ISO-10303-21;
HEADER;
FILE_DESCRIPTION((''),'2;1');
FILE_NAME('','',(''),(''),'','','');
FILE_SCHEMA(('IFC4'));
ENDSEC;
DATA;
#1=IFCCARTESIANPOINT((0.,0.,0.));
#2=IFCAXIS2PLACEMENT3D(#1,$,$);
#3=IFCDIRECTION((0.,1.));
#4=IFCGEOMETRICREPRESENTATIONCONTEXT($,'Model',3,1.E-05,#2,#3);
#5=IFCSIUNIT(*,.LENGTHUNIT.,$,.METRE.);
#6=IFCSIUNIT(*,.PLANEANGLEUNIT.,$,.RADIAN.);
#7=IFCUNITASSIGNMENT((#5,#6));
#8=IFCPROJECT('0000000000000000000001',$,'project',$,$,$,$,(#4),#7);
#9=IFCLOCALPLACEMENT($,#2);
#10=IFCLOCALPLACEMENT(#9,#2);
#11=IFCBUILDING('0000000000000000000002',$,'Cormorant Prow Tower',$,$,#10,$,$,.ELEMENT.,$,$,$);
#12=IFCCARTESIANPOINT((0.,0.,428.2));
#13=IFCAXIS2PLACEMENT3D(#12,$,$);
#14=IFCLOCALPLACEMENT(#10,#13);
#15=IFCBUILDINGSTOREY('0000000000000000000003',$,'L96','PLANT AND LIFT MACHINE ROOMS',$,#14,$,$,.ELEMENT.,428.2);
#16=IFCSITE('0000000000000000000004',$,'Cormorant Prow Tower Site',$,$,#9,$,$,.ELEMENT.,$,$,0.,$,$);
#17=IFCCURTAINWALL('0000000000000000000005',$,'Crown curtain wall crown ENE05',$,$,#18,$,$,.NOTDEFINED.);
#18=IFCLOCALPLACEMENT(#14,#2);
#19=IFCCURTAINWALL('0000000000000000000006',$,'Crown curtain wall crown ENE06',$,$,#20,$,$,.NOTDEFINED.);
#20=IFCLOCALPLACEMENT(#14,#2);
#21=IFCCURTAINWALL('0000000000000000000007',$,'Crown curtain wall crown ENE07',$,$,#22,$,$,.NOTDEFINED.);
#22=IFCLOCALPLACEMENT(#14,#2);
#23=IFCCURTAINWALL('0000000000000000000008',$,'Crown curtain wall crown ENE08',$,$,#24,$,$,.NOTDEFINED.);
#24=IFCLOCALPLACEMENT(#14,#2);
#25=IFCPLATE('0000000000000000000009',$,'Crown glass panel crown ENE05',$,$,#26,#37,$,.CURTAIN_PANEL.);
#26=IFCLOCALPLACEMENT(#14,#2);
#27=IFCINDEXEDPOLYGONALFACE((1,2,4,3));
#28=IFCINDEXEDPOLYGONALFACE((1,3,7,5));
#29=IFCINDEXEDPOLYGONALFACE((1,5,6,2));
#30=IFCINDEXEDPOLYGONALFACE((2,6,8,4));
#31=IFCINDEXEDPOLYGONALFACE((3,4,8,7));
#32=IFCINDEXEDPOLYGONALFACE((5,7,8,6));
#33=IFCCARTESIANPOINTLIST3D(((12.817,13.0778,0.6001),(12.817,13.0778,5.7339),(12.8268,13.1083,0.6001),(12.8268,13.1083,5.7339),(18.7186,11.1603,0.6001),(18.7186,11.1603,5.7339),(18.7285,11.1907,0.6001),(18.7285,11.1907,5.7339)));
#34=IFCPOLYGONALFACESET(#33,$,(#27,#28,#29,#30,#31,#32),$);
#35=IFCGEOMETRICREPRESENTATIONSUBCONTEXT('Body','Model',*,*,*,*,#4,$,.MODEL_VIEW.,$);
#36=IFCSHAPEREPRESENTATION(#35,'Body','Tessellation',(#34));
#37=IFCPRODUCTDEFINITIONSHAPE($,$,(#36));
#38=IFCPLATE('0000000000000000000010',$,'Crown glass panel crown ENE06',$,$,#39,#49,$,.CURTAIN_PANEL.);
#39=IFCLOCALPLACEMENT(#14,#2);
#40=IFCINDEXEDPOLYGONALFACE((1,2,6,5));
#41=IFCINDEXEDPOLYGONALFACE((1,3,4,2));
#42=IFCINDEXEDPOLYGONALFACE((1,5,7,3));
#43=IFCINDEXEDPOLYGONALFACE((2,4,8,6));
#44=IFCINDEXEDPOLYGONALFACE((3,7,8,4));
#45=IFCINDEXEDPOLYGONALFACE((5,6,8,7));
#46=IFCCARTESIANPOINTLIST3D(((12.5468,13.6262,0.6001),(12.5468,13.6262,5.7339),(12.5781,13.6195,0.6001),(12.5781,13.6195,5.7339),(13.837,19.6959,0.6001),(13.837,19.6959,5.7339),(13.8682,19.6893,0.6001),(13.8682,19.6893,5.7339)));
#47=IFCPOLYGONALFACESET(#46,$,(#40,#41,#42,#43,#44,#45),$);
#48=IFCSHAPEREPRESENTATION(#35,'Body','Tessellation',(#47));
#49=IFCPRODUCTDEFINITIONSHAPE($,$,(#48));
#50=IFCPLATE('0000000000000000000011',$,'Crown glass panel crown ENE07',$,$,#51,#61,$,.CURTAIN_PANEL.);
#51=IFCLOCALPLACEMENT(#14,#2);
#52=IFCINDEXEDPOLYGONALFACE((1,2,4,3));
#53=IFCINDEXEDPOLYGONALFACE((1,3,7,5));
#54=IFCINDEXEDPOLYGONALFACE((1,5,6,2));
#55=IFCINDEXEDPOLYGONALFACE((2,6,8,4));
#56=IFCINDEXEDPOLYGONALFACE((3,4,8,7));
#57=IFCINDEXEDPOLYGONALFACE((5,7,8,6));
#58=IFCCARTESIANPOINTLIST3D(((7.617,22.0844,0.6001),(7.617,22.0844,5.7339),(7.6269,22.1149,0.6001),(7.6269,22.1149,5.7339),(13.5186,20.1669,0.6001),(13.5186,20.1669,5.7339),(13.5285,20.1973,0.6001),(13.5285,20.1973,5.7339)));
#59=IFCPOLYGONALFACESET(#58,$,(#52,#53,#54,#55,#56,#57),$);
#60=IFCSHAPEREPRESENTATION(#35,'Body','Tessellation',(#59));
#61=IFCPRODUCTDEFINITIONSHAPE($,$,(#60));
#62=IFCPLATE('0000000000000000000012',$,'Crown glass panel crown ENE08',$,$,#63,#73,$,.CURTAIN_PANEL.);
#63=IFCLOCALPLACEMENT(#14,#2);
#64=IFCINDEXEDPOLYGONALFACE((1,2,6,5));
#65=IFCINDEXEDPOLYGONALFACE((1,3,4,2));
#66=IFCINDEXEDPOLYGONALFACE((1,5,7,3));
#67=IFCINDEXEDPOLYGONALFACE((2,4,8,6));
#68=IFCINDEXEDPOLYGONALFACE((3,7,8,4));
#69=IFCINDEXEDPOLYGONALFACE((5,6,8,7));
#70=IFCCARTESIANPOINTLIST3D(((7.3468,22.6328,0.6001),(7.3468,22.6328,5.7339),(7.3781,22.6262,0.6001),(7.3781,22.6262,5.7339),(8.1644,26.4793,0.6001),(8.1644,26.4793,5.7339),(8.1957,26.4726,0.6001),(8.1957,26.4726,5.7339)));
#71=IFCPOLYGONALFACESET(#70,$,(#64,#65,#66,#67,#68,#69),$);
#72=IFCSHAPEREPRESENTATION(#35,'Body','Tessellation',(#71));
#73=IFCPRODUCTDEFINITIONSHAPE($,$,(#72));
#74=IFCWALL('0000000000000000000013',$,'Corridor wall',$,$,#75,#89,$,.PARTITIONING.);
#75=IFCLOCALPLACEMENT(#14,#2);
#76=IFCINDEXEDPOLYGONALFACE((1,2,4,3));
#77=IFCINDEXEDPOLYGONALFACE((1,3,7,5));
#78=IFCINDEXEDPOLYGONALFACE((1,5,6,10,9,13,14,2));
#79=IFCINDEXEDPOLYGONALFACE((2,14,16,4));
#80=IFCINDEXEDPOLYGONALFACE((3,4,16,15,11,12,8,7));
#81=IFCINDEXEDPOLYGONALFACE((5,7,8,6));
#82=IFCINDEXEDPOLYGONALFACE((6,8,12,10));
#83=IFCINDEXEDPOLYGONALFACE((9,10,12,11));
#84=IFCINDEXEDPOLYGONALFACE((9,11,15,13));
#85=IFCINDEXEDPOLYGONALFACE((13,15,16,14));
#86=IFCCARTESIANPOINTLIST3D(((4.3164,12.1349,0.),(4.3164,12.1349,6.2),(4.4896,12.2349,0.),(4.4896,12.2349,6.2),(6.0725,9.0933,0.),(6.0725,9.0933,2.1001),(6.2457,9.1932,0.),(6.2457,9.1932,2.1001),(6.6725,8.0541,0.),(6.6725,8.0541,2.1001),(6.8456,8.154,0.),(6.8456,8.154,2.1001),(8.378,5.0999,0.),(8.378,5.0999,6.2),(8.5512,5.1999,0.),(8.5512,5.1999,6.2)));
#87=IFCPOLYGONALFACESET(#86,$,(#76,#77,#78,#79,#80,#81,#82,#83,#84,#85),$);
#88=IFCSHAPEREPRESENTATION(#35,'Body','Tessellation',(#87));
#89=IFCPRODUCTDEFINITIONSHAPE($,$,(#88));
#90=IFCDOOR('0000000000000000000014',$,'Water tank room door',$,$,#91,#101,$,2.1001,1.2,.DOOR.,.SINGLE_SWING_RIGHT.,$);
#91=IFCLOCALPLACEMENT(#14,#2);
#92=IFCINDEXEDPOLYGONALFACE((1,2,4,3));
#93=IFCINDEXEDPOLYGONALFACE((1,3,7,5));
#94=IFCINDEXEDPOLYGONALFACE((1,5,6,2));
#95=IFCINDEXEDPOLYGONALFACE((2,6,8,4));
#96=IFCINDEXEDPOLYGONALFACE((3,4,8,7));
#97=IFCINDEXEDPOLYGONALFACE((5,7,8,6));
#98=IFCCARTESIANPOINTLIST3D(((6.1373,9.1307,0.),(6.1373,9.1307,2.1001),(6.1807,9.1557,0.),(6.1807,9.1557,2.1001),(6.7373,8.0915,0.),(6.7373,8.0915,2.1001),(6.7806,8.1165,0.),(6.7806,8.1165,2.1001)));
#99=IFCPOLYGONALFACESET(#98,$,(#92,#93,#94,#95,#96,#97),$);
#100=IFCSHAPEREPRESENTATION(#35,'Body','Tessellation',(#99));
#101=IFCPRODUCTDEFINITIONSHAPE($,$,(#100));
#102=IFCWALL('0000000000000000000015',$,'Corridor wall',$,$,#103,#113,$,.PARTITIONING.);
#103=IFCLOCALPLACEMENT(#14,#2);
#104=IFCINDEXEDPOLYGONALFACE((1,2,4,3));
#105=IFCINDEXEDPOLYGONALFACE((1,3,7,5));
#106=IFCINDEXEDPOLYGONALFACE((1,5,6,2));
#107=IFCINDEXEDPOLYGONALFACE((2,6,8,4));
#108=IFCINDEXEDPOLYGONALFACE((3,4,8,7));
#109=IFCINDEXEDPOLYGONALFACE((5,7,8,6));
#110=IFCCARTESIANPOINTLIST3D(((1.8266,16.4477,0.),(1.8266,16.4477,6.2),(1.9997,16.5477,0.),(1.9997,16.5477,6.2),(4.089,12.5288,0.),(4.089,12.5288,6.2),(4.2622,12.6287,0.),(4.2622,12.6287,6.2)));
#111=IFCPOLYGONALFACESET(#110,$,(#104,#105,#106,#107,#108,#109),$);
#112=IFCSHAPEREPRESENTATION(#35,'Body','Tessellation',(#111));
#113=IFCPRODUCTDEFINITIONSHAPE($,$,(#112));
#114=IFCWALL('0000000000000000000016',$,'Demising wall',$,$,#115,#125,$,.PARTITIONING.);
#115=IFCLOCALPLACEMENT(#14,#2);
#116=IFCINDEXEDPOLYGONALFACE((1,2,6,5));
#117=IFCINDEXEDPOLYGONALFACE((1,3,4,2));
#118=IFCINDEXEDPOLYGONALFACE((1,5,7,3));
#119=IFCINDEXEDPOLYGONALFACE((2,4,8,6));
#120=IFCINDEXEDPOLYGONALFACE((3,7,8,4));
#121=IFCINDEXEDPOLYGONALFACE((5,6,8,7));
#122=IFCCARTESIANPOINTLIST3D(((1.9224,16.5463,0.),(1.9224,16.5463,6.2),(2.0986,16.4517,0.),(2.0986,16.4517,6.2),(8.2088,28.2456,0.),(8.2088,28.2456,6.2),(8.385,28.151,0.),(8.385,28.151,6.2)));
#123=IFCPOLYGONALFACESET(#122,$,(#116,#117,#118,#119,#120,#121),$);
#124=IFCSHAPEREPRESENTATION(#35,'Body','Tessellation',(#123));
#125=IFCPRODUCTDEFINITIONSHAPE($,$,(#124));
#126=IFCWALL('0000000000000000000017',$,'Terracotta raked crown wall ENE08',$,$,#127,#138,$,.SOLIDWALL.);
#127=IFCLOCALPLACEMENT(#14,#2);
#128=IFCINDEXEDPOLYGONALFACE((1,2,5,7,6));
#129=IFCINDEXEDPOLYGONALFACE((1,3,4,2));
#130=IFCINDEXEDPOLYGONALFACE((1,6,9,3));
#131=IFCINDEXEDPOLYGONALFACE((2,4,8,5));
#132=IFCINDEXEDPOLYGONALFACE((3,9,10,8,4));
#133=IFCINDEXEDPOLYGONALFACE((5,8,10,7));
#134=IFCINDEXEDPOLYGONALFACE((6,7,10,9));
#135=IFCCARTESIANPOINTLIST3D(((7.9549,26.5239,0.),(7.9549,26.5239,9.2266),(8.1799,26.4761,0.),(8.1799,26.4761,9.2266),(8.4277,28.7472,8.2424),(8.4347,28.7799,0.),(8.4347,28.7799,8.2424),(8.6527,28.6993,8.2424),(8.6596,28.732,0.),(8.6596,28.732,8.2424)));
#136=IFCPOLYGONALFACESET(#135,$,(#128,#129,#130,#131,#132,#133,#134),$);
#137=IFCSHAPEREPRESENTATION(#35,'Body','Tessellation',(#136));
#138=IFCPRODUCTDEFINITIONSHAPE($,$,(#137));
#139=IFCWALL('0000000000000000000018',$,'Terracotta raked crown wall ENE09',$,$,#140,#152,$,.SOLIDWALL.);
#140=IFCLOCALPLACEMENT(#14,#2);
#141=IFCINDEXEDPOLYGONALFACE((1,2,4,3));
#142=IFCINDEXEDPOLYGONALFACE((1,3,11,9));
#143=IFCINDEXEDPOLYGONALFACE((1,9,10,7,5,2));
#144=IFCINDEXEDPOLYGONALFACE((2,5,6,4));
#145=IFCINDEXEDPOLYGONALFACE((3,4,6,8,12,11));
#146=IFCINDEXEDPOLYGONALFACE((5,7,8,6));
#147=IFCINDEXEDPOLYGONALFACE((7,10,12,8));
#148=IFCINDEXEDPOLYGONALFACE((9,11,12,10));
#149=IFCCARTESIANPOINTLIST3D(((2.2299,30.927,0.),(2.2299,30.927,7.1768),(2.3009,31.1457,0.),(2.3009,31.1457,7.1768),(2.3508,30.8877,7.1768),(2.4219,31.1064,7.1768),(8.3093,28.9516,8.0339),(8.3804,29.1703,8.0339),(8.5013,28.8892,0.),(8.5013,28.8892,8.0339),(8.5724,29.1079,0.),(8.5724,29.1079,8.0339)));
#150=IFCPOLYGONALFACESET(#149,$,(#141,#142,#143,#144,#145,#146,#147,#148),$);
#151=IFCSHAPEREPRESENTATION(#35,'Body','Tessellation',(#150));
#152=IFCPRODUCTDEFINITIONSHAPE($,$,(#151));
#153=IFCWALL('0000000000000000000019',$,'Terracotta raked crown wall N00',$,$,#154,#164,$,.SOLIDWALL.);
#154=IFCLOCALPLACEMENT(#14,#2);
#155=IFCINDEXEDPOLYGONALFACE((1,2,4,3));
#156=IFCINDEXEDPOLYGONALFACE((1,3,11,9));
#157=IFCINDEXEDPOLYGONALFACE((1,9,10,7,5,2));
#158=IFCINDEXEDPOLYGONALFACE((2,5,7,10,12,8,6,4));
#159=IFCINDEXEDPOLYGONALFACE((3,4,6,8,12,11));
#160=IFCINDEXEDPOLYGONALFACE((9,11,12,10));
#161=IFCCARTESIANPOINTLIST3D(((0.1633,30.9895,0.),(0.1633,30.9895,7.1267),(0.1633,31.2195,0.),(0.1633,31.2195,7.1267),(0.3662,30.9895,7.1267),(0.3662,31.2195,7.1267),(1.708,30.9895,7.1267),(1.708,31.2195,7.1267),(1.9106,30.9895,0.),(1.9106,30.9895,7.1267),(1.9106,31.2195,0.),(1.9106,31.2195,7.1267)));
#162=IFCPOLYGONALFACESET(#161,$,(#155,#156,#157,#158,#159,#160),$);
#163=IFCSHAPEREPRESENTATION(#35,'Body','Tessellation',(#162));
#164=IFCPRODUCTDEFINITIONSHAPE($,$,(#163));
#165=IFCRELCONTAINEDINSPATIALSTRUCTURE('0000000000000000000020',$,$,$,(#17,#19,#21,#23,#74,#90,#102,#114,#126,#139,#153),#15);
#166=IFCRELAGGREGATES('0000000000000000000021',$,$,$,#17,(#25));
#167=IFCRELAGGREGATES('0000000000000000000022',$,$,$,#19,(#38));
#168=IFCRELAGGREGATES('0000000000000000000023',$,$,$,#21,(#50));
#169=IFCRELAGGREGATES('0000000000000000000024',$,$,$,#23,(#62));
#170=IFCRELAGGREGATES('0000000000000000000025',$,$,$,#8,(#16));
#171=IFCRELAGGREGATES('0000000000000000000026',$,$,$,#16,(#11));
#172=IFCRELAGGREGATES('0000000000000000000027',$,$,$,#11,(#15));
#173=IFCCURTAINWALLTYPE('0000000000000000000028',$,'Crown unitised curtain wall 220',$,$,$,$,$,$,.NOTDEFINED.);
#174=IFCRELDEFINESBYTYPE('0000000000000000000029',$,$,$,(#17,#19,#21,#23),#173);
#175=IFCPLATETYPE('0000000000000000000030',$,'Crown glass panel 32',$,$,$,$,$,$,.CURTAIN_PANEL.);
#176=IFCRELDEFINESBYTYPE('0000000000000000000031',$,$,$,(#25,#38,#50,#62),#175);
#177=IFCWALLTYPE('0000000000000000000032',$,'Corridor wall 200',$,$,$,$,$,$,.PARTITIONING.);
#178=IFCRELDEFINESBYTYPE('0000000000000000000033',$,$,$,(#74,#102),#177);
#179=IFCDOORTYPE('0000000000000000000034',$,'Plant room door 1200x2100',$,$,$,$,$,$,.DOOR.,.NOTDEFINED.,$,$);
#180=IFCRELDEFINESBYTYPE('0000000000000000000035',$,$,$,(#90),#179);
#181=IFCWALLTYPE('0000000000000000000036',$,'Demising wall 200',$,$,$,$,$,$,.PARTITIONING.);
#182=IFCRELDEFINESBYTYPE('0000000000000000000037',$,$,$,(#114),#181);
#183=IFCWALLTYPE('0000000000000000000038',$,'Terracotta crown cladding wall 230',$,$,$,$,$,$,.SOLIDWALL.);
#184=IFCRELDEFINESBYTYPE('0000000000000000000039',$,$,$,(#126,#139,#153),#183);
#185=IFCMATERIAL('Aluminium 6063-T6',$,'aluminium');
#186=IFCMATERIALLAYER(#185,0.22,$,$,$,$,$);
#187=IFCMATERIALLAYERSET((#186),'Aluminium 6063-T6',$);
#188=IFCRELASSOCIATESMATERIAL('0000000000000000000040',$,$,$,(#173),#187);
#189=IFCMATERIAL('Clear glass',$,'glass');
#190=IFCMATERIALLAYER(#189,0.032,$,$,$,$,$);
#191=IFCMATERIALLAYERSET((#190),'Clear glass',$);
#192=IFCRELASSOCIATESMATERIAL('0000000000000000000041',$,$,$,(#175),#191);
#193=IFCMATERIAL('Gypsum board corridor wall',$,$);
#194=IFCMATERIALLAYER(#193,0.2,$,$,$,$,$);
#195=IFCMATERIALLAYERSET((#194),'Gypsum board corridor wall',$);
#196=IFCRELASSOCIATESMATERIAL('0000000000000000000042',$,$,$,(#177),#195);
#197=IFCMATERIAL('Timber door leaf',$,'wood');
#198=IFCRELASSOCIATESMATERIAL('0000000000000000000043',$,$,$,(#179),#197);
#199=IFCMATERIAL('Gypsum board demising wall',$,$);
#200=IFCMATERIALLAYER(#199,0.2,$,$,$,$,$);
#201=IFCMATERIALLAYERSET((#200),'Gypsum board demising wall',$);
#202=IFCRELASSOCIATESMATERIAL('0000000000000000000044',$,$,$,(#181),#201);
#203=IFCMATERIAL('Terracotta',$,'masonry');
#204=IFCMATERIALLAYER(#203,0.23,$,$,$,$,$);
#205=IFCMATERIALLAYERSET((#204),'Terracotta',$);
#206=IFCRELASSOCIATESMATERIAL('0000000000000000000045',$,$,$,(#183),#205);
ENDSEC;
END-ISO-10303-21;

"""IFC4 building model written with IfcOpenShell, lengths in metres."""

from ifc_helpers import new_model, si_unit, direction, frame, frame_2d, origin, origin_2d, place, context, subcontext, project, spatial, polyline, rectangle, outline, extrude, material, layer, layer_set, type_object, element, fill, aggregate, save


model = new_model("IFC4")

# Units and contexts
model_context = context("Model", 3, precision=1e-05, world=origin(), true_north=direction((0.0, 1.0)))
body_context = subcontext(model_context, "Body", "Model", "MODEL_VIEW")
ifc_project = project(units=[si_unit("LENGTHUNIT", "METRE"), si_unit("PLANEANGLEUNIT", "RADIAN")], contexts=[model_context])

# Site, building, storey
site_placement = place(None, origin())
site = spatial("IfcSite", under=ifc_project, at=site_placement, Name="Cormorant Prow Tower Site", CompositionType="ELEMENT", RefElevation=0.0)
building_placement = place(site_placement, origin())
building = spatial("IfcBuilding", under=site, at=building_placement, Name="Cormorant Prow Tower", CompositionType="ELEMENT")
storey_placement = place(building_placement, frame((0.0, 0.0, 428.2)))
storey = spatial("IfcBuildingStorey", under=building, at=storey_placement, Name="L96", Description="PLANT AND LIFT MACHINE ROOMS", CompositionType="ELEMENT", Elevation=428.2)

# Curtain walls
ifc_material_1 = material(Name="Aluminium 6063-T6", Category="aluminium")
ifc_layer_1 = layer(ifc_material_1, 0.22)
ifc_layer_set_1 = layer_set([ifc_layer_1], Name="Aluminium 6063-T6")
curtain_wall_type = type_object("IfcCurtainWallType", Name="Crown unitised curtain wall 220", PredefinedType="NOTDEFINED", material=ifc_layer_set_1)
curtain_wall_1_placement = place(storey_placement, origin())
curtain_wall_1 = element("IfcCurtainWall", 1, at=curtain_wall_1_placement, inside=storey, type_object=curtain_wall_type, Name="Crown curtain wall crown ENE05", PredefinedType="NOTDEFINED")
curtain_wall_2_placement = place(storey_placement, origin())
curtain_wall_2 = element("IfcCurtainWall", 2, at=curtain_wall_2_placement, inside=storey, type_object=curtain_wall_type, Name="Crown curtain wall crown ENE06", PredefinedType="NOTDEFINED")
curtain_wall_3_placement = place(storey_placement, origin())
curtain_wall_3 = element("IfcCurtainWall", 3, at=curtain_wall_3_placement, inside=storey, type_object=curtain_wall_type, Name="Crown curtain wall crown ENE07", PredefinedType="NOTDEFINED")
curtain_wall_4_placement = place(storey_placement, origin())
curtain_wall_4 = element("IfcCurtainWall", 4, at=curtain_wall_4_placement, inside=storey, type_object=curtain_wall_type, Name="Crown curtain wall crown ENE08", PredefinedType="NOTDEFINED")

# Plates
ifc_material_2 = material(Name="Clear glass", Category="glass")
ifc_layer_2 = layer(ifc_material_2, 0.032)
ifc_layer_set_2 = layer_set([ifc_layer_2], Name="Clear glass")
plate_type = type_object("IfcPlateType", Name="Crown glass panel 32", PredefinedType="CURTAIN_PANEL", material=ifc_layer_set_2)
plate_1_placement = place(storey_placement, frame((15.7727, 12.1343, 0.6001), z_axis=(0.0, 0.0, 1.0), x_axis=(-0.951056, 0.309017, 0.0)))
plate_1 = element("IfcPlate", 5, at=plate_1_placement, type_object=plate_type, Name="Crown glass panel crown ENE05", PredefinedType="CURTAIN_PANEL", context=body_context, shape_type="SweptSolid", body=[
    extrude(rectangle(XDim=6.2053, YDim=0.032, at=origin_2d()), origin(), (0.0, 0.0, 1.0), 5.1338),
])
aggregate(curtain_wall_1, [plate_1])
plate_2_placement = place(storey_placement, frame((13.2075, 16.6577, 0.6001), z_axis=(0.0, 0.0, 1.0), x_axis=(0.207912, 0.978148, 0.0)))
plate_2 = element("IfcPlate", 6, at=plate_2_placement, type_object=plate_type, Name="Crown glass panel crown ENE06", PredefinedType="CURTAIN_PANEL", context=body_context, shape_type="SweptSolid", body=[
    extrude(rectangle(XDim=6.2053, YDim=0.032, at=origin_2d()), origin(), (0.0, 0.0, 1.0), 5.1338),
])
aggregate(curtain_wall_2, [plate_2])
plate_3_placement = place(storey_placement, frame((10.5728, 21.1409, 0.6001), z_axis=(0.0, 0.0, 1.0), x_axis=(-0.951057, 0.309017, 0.0)))
plate_3 = element("IfcPlate", 7, at=plate_3_placement, type_object=plate_type, Name="Crown glass panel crown ENE07", PredefinedType="CURTAIN_PANEL", context=body_context, shape_type="SweptSolid", body=[
    extrude(rectangle(XDim=6.2053, YDim=0.032, at=origin_2d()), origin(), (0.0, 0.0, 1.0), 5.1338),
])
aggregate(curtain_wall_3, [plate_3])
plate_4_placement = place(storey_placement, frame((7.7712, 24.5527, 0.6001), z_axis=(0.0, 0.0, 1.0), x_axis=(0.207912, 0.978148, 0.0)))
plate_4 = element("IfcPlate", 8, at=plate_4_placement, type_object=plate_type, Name="Crown glass panel crown ENE08", PredefinedType="CURTAIN_PANEL", context=body_context, shape_type="SweptSolid", body=[
    extrude(rectangle(XDim=3.9324, YDim=0.032, at=origin_2d()), origin(), (0.0, 0.0, 1.0), 5.1338),
])
aggregate(curtain_wall_4, [plate_4])

# Wall, opening, door
ifc_material_3 = material(Name="Gypsum board corridor wall")
ifc_layer_3 = layer(ifc_material_3, 0.2)
ifc_layer_set_3 = layer_set([ifc_layer_3], Name="Gypsum board corridor wall")
wall_type_1 = type_object("IfcWallType", Name="Corridor wall 200", PredefinedType="PARTITIONING", material=ifc_layer_set_3)
wall_1_placement = place(storey_placement, frame((4.4031, 12.1848, 0.0), z_axis=(0.0, 0.0, 1.0), x_axis=(0.499992, -0.86603, 0.0)))
wall_1 = element("IfcWall", 9, at=wall_1_placement, inside=storey, type_object=wall_type_1, Name="Corridor wall", PredefinedType="PARTITIONING", context=body_context, shape_type="SweptSolid", body=[
    extrude(rectangle(XDim=8.1233, YDim=0.2, at=frame_2d((4.0615, 0.0))), origin(), (0.0, 0.0, 1.0), 6.2),
])
opening_placement = place(wall_1_placement, frame((3.512, 0.0, 0.0)))
opening = element("IfcOpeningElement", 10, at=opening_placement, cuts=wall_1, PredefinedType="OPENING", context=body_context, shape_type="SweptSolid", body=[
    extrude(rectangle(XDim=1.2, YDim=2.1001, at=frame_2d((0.6001, 1.05))), frame((0.0, 0.1099, 0.0), z_axis=(0.0, -1.0, 0.0), x_axis=(1.0, 0.0, 0.0)), (0.0, 0.0, 1.0), 0.22),
])
ifc_material_4 = material(Name="Timber door leaf", Category="wood")
door_type = type_object("IfcDoorType", Name="Plant room door 1200x2100", OperationType="NOTDEFINED", PredefinedType="DOOR", material=ifc_material_4)
door_placement = place(opening_placement, origin())
door = element("IfcDoor", 11, at=door_placement, inside=storey, type_object=door_type, Name="Water tank room door", OperationType="SINGLE_SWING_RIGHT", OverallHeight=2.1001, OverallWidth=1.2, PredefinedType="DOOR", context=body_context, shape_type="SweptSolid", body=[
    extrude(rectangle(XDim=1.2, YDim=2.1001, at=frame_2d((0.6001, 1.05))), frame((0.0, 0.0249, 0.0), z_axis=(0.0, -1.0, 0.0), x_axis=(1.0, 0.0, 0.0)), (0.0, 0.0, 1.0), 0.05),
])
fill(opening, door)

# Walls
wall_2_placement = place(storey_placement, frame((1.9131, 16.4978, 0.0), z_axis=(0.0, 0.0, 1.0), x_axis=(0.499975, -0.86604, 0.0)))
element("IfcWall", 12, at=wall_2_placement, inside=storey, type_object=wall_type_1, Name="Corridor wall", PredefinedType="PARTITIONING", context=body_context, shape_type="SweptSolid", body=[
    extrude(rectangle(XDim=4.5251, YDim=0.2, at=frame_2d((2.2627, 0.0))), origin(), (0.0, 0.0, 1.0), 6.2),
])
ifc_material_5 = material(Name="Gypsum board demising wall")
ifc_layer_4 = layer(ifc_material_5, 0.2)
ifc_layer_set_4 = layer_set([ifc_layer_4], Name="Gypsum board demising wall")
wall_type_2 = type_object("IfcWallType", Name="Demising wall 200", PredefinedType="PARTITIONING", material=ifc_layer_set_4)
wall_3_placement = place(storey_placement, frame((2.0105, 16.499, 0.0), z_axis=(0.0, 0.0, 1.0), x_axis=(0.473329, 0.880886, 0.0)))
element("IfcWall", 13, at=wall_3_placement, inside=storey, type_object=wall_type_2, Name="Demising wall", PredefinedType="PARTITIONING", context=body_context, shape_type="SweptSolid", body=[
    extrude(rectangle(XDim=13.2812, YDim=0.2, at=frame_2d((6.6406, 0.0))), origin(), (0.0, 0.0, 1.0), 6.2),
])
ifc_material_6 = material(Name="Terracotta", Category="masonry")
ifc_layer_5 = layer(ifc_material_6, 0.23)
ifc_layer_set_5 = layer_set([ifc_layer_5], Name="Terracotta")
wall_type_3 = type_object("IfcWallType", Name="Terracotta crown cladding wall 230", PredefinedType="SOLIDWALL", material=ifc_layer_set_5)
wall_4_placement = place(storey_placement, frame((8.0674, 26.5, 0.0), z_axis=(0.0, 0.0, 1.0), x_axis=(0.208011, 0.978127, 0.0)))
element("IfcWall", 14, at=wall_4_placement, inside=storey, type_object=wall_type_3, Name="Terracotta raked crown wall ENE08", PredefinedType="SOLIDWALL", context=body_context, shape_type="SweptSolid", body=[
    extrude(outline(polyline([(0.0, 0.0), (2.3064, 0.0), (2.3064, 8.2424), (2.2729, 8.2424), (0.0, 9.2266), (0.0, 0.0)])), frame((0.0, 0.115, 0.0), z_axis=(0.0, -1.0, 0.0), x_axis=(1.0, 0.0, 0.0)), (0.0, 0.0, 1.0), 0.23),
])
wall_5_placement = place(storey_placement, frame((8.5369, 28.9985, 0.0), z_axis=(0.0, 0.0, 1.0), x_axis=(-0.951051, 0.309032, 0.0)))
element("IfcWall", 15, at=wall_5_placement, inside=storey, type_object=wall_type_3, Name="Terracotta raked crown wall ENE09", PredefinedType="SOLIDWALL", context=body_context, shape_type="SweptSolid", body=[
    extrude(outline(polyline([(0.0, 0.0), (6.5942, 0.0), (6.5942, 7.1768), (6.467, 7.1768), (0.2019, 8.0339), (0.0, 8.0339), (0.0, 0.0)])), frame((0.0, 0.115, 0.0), z_axis=(0.0, -1.0, 0.0), x_axis=(1.0, 0.0, 0.0)), (0.0, 0.0, 1.0), 0.23),
])
wall_6_placement = place(storey_placement, frame((1.9106, 31.1045, 0.0), z_axis=(0.0, 0.0, 1.0), x_axis=(-1.0, 0.0, 0.0)))
element("IfcWall", 16, at=wall_6_placement, inside=storey, type_object=wall_type_3, Name="Terracotta raked crown wall N00", PredefinedType="SOLIDWALL", context=body_context, shape_type="SweptSolid", body=[
    extrude(outline(polyline([(0.0, 0.0), (1.7473, 0.0), (1.7473, 7.1267), (1.5444, 7.1267), (0.2026, 7.1267), (0.0, 7.1267), (0.0, 0.0)])), frame((0.0, 0.115, 0.0), z_axis=(0.0, -1.0, 0.0), x_axis=(1.0, 0.0, 0.0)), (0.0, 0.0, 1.0), 0.23),
])

save(model, "model.ifc")
